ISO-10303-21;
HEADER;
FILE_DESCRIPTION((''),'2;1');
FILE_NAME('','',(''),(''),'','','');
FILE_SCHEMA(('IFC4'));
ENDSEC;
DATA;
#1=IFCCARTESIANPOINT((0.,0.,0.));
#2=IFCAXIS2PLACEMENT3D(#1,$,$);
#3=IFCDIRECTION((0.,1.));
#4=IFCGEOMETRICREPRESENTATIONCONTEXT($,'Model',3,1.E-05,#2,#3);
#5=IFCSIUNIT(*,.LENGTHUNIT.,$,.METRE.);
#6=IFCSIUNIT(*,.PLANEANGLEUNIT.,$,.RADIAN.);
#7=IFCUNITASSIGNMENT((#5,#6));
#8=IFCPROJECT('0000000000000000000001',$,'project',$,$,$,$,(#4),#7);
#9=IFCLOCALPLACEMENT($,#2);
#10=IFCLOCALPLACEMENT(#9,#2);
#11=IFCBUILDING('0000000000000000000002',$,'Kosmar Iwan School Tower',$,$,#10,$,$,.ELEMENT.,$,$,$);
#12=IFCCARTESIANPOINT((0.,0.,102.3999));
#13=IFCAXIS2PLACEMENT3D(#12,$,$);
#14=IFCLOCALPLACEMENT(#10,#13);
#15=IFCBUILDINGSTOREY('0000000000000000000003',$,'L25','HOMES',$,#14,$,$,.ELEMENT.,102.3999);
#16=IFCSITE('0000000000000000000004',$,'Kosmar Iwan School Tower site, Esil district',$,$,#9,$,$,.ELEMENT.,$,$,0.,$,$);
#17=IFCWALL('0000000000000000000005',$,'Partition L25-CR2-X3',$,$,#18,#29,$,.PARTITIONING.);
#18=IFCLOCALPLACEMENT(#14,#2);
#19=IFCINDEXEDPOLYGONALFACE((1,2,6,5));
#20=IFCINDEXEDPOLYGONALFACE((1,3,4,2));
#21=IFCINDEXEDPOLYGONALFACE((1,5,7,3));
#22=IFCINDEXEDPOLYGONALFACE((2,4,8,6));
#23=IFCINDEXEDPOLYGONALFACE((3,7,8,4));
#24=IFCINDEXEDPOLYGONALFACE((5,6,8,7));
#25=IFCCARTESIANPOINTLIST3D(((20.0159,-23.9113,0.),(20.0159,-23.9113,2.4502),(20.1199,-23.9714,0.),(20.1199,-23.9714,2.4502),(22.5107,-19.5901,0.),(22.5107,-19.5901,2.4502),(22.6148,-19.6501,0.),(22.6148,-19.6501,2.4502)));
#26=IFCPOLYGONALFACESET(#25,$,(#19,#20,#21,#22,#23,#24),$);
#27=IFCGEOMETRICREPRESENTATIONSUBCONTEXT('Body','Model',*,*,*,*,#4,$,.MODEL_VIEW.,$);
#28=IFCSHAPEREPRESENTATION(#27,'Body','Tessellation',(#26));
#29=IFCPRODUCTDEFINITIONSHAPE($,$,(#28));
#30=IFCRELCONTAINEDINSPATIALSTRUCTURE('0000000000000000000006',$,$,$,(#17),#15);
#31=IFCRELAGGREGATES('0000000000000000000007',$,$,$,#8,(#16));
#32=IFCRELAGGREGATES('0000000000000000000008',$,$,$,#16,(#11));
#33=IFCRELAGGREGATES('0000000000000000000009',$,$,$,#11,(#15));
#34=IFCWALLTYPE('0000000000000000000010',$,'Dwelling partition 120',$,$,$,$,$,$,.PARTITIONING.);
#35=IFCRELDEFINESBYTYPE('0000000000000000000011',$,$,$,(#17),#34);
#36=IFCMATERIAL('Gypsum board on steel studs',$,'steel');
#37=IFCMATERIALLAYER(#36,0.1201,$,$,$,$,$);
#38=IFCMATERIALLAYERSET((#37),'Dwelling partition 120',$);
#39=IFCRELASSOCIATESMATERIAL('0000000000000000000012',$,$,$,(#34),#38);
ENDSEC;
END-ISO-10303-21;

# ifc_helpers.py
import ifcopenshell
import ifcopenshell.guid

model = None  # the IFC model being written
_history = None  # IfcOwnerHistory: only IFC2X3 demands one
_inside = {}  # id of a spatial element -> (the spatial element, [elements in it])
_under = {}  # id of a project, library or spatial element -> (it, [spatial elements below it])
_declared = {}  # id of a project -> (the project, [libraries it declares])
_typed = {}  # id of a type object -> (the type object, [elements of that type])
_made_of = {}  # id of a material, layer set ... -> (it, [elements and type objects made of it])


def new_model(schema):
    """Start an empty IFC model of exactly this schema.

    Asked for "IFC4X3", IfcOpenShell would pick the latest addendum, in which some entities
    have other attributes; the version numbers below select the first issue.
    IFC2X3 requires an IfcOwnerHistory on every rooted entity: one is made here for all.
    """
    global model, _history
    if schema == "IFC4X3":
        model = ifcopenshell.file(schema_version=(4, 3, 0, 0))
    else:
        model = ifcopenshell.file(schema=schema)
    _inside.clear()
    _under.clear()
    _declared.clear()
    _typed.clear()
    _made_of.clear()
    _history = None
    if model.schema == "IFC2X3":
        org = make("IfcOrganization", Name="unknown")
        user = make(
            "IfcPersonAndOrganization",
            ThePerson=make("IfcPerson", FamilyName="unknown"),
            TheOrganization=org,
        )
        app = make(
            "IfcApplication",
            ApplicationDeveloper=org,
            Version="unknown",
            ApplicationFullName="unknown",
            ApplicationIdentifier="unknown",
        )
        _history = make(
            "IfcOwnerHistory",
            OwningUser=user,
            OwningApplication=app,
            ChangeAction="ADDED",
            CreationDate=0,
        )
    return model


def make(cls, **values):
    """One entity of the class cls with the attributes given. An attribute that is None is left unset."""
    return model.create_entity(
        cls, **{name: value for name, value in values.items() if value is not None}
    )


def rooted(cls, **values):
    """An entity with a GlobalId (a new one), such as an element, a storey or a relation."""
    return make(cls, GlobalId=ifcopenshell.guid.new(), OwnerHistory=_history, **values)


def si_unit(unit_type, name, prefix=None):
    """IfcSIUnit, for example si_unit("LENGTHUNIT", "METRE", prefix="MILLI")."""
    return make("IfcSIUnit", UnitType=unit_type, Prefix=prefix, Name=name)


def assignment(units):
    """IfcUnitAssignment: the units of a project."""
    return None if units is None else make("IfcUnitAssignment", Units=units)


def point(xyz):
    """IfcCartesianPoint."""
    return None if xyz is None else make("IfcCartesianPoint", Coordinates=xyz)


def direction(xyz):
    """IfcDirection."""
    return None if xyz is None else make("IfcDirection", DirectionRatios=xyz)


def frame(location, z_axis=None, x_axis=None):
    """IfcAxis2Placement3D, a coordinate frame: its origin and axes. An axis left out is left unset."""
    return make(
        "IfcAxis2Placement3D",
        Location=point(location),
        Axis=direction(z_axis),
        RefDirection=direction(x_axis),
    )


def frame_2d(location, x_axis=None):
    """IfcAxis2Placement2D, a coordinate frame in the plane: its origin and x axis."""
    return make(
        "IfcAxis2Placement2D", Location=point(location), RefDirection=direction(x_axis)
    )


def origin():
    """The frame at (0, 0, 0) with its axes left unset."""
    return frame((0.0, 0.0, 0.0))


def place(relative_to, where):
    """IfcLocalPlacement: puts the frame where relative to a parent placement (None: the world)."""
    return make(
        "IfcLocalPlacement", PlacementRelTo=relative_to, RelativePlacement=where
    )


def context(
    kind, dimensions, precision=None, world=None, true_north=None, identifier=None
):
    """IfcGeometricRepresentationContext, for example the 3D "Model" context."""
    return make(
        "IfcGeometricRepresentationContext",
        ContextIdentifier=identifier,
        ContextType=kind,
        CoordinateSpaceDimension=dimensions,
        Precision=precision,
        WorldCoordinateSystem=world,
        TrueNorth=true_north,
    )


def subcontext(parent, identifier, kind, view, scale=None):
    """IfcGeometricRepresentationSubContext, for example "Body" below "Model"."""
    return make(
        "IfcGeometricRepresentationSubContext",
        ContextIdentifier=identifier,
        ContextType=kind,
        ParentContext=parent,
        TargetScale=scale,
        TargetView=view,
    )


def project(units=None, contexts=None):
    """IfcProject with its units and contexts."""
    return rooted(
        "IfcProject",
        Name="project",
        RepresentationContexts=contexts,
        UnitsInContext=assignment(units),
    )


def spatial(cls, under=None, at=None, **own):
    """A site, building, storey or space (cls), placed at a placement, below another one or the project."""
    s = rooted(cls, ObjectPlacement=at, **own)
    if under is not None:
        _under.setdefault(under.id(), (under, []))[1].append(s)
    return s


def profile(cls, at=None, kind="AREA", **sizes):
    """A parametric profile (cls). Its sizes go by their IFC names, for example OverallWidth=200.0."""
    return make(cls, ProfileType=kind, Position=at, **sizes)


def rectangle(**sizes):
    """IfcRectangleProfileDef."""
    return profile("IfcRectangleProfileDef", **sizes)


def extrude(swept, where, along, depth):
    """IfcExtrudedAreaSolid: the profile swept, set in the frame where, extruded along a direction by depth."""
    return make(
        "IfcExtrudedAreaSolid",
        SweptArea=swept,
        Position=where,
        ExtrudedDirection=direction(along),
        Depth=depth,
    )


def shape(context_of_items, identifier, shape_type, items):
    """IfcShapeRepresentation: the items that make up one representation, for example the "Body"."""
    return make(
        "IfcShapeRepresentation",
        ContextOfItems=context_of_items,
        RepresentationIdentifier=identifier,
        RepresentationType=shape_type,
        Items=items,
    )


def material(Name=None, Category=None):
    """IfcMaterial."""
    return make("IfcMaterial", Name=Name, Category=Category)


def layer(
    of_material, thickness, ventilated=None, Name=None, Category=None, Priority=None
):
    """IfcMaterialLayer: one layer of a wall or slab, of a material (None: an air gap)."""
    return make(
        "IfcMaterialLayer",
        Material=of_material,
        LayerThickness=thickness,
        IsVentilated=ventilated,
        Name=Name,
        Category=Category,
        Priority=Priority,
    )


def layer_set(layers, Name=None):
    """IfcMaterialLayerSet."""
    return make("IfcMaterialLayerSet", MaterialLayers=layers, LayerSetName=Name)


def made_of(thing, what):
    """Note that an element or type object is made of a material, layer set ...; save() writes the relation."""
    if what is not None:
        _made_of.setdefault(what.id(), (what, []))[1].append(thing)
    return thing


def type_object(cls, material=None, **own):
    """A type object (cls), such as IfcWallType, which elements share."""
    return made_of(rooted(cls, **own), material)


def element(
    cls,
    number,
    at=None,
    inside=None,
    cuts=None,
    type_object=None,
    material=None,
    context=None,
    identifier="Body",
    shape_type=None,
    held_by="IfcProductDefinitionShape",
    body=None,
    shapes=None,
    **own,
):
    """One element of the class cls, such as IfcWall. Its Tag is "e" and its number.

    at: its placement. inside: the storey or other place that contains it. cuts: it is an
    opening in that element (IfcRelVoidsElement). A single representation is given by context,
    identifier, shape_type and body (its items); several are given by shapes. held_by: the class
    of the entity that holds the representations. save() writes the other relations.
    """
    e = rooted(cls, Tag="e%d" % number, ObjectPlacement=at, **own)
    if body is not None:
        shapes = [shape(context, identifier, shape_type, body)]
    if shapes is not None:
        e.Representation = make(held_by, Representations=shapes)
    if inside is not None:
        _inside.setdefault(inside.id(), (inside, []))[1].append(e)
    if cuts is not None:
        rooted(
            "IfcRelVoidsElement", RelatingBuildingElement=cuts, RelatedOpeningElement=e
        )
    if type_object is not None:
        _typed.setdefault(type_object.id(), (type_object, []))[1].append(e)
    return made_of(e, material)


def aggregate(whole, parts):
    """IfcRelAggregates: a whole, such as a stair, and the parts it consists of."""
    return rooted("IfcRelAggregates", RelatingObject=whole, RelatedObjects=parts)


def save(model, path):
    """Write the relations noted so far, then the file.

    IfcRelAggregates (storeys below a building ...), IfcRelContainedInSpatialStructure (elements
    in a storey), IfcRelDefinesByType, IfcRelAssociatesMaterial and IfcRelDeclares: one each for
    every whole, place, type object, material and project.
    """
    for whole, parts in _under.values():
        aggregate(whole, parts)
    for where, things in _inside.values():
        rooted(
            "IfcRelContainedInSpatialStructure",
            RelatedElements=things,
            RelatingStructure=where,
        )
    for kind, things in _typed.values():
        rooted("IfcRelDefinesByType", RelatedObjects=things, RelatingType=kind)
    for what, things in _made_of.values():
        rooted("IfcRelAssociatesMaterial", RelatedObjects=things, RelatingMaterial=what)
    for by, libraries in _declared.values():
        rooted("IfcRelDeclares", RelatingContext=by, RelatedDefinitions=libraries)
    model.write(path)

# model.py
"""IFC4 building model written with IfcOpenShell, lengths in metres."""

from ifc_helpers import new_model, si_unit, direction, frame, frame_2d, origin, place, context, subcontext, project, spatial, rectangle, extrude, material, layer, layer_set, type_object, element, save


model = new_model("IFC4")

# Units and contexts
model_context = context("Model", 3, precision=1e-05, world=origin(), true_north=direction((0.0, 1.0)))
body_context = subcontext(model_context, "Body", "Model", "MODEL_VIEW")
ifc_project = project(units=[si_unit("LENGTHUNIT", "METRE"), si_unit("PLANEANGLEUNIT", "RADIAN")], contexts=[model_context])

# Site, building, storey
site_placement = place(None, origin())
site = spatial("IfcSite", under=ifc_project, at=site_placement, Name="Kosmar Iwan School Tower site, Esil district", CompositionType="ELEMENT", RefElevation=0.0)
building_placement = place(site_placement, origin())
building = spatial("IfcBuilding", under=site, at=building_placement, Name="Kosmar Iwan School Tower", CompositionType="ELEMENT")
storey_placement = place(building_placement, frame((0.0, 0.0, 102.3999)))
storey = spatial("IfcBuildingStorey", under=building, at=storey_placement, Name="L25", Description="HOMES", CompositionType="ELEMENT", Elevation=102.3999)

# Wall
ifc_material_1 = material(Name="Gypsum board on steel studs", Category="steel")
ifc_layer = layer(ifc_material_1, 0.1201)
ifc_layer_set = layer_set([ifc_layer], Name="Dwelling partition 120")
wall_type = type_object("IfcWallType", Name="Dwelling partition 120", PredefinedType="PARTITIONING", material=ifc_layer_set)
wall_1_placement = place(storey_placement, frame((22.5627, -19.6201, 0.0), z_axis=(0.0, 0.0, 1.0), x_axis=(-0.499996, -0.866028, 0.0)))
element("IfcWall", 1, at=wall_1_placement, inside=storey, type_object=wall_type, Name="Partition L25-CR2-X3", PredefinedType="PARTITIONING", context=body_context, shape_type="SweptSolid", body=[
    extrude(rectangle(XDim=4.9897, YDim=0.1201, at=frame_2d((2.4949, 0.0))), origin(), (0.0, 0.0, 1.0), 2.4502),
])

save(model, "model.ifc")
